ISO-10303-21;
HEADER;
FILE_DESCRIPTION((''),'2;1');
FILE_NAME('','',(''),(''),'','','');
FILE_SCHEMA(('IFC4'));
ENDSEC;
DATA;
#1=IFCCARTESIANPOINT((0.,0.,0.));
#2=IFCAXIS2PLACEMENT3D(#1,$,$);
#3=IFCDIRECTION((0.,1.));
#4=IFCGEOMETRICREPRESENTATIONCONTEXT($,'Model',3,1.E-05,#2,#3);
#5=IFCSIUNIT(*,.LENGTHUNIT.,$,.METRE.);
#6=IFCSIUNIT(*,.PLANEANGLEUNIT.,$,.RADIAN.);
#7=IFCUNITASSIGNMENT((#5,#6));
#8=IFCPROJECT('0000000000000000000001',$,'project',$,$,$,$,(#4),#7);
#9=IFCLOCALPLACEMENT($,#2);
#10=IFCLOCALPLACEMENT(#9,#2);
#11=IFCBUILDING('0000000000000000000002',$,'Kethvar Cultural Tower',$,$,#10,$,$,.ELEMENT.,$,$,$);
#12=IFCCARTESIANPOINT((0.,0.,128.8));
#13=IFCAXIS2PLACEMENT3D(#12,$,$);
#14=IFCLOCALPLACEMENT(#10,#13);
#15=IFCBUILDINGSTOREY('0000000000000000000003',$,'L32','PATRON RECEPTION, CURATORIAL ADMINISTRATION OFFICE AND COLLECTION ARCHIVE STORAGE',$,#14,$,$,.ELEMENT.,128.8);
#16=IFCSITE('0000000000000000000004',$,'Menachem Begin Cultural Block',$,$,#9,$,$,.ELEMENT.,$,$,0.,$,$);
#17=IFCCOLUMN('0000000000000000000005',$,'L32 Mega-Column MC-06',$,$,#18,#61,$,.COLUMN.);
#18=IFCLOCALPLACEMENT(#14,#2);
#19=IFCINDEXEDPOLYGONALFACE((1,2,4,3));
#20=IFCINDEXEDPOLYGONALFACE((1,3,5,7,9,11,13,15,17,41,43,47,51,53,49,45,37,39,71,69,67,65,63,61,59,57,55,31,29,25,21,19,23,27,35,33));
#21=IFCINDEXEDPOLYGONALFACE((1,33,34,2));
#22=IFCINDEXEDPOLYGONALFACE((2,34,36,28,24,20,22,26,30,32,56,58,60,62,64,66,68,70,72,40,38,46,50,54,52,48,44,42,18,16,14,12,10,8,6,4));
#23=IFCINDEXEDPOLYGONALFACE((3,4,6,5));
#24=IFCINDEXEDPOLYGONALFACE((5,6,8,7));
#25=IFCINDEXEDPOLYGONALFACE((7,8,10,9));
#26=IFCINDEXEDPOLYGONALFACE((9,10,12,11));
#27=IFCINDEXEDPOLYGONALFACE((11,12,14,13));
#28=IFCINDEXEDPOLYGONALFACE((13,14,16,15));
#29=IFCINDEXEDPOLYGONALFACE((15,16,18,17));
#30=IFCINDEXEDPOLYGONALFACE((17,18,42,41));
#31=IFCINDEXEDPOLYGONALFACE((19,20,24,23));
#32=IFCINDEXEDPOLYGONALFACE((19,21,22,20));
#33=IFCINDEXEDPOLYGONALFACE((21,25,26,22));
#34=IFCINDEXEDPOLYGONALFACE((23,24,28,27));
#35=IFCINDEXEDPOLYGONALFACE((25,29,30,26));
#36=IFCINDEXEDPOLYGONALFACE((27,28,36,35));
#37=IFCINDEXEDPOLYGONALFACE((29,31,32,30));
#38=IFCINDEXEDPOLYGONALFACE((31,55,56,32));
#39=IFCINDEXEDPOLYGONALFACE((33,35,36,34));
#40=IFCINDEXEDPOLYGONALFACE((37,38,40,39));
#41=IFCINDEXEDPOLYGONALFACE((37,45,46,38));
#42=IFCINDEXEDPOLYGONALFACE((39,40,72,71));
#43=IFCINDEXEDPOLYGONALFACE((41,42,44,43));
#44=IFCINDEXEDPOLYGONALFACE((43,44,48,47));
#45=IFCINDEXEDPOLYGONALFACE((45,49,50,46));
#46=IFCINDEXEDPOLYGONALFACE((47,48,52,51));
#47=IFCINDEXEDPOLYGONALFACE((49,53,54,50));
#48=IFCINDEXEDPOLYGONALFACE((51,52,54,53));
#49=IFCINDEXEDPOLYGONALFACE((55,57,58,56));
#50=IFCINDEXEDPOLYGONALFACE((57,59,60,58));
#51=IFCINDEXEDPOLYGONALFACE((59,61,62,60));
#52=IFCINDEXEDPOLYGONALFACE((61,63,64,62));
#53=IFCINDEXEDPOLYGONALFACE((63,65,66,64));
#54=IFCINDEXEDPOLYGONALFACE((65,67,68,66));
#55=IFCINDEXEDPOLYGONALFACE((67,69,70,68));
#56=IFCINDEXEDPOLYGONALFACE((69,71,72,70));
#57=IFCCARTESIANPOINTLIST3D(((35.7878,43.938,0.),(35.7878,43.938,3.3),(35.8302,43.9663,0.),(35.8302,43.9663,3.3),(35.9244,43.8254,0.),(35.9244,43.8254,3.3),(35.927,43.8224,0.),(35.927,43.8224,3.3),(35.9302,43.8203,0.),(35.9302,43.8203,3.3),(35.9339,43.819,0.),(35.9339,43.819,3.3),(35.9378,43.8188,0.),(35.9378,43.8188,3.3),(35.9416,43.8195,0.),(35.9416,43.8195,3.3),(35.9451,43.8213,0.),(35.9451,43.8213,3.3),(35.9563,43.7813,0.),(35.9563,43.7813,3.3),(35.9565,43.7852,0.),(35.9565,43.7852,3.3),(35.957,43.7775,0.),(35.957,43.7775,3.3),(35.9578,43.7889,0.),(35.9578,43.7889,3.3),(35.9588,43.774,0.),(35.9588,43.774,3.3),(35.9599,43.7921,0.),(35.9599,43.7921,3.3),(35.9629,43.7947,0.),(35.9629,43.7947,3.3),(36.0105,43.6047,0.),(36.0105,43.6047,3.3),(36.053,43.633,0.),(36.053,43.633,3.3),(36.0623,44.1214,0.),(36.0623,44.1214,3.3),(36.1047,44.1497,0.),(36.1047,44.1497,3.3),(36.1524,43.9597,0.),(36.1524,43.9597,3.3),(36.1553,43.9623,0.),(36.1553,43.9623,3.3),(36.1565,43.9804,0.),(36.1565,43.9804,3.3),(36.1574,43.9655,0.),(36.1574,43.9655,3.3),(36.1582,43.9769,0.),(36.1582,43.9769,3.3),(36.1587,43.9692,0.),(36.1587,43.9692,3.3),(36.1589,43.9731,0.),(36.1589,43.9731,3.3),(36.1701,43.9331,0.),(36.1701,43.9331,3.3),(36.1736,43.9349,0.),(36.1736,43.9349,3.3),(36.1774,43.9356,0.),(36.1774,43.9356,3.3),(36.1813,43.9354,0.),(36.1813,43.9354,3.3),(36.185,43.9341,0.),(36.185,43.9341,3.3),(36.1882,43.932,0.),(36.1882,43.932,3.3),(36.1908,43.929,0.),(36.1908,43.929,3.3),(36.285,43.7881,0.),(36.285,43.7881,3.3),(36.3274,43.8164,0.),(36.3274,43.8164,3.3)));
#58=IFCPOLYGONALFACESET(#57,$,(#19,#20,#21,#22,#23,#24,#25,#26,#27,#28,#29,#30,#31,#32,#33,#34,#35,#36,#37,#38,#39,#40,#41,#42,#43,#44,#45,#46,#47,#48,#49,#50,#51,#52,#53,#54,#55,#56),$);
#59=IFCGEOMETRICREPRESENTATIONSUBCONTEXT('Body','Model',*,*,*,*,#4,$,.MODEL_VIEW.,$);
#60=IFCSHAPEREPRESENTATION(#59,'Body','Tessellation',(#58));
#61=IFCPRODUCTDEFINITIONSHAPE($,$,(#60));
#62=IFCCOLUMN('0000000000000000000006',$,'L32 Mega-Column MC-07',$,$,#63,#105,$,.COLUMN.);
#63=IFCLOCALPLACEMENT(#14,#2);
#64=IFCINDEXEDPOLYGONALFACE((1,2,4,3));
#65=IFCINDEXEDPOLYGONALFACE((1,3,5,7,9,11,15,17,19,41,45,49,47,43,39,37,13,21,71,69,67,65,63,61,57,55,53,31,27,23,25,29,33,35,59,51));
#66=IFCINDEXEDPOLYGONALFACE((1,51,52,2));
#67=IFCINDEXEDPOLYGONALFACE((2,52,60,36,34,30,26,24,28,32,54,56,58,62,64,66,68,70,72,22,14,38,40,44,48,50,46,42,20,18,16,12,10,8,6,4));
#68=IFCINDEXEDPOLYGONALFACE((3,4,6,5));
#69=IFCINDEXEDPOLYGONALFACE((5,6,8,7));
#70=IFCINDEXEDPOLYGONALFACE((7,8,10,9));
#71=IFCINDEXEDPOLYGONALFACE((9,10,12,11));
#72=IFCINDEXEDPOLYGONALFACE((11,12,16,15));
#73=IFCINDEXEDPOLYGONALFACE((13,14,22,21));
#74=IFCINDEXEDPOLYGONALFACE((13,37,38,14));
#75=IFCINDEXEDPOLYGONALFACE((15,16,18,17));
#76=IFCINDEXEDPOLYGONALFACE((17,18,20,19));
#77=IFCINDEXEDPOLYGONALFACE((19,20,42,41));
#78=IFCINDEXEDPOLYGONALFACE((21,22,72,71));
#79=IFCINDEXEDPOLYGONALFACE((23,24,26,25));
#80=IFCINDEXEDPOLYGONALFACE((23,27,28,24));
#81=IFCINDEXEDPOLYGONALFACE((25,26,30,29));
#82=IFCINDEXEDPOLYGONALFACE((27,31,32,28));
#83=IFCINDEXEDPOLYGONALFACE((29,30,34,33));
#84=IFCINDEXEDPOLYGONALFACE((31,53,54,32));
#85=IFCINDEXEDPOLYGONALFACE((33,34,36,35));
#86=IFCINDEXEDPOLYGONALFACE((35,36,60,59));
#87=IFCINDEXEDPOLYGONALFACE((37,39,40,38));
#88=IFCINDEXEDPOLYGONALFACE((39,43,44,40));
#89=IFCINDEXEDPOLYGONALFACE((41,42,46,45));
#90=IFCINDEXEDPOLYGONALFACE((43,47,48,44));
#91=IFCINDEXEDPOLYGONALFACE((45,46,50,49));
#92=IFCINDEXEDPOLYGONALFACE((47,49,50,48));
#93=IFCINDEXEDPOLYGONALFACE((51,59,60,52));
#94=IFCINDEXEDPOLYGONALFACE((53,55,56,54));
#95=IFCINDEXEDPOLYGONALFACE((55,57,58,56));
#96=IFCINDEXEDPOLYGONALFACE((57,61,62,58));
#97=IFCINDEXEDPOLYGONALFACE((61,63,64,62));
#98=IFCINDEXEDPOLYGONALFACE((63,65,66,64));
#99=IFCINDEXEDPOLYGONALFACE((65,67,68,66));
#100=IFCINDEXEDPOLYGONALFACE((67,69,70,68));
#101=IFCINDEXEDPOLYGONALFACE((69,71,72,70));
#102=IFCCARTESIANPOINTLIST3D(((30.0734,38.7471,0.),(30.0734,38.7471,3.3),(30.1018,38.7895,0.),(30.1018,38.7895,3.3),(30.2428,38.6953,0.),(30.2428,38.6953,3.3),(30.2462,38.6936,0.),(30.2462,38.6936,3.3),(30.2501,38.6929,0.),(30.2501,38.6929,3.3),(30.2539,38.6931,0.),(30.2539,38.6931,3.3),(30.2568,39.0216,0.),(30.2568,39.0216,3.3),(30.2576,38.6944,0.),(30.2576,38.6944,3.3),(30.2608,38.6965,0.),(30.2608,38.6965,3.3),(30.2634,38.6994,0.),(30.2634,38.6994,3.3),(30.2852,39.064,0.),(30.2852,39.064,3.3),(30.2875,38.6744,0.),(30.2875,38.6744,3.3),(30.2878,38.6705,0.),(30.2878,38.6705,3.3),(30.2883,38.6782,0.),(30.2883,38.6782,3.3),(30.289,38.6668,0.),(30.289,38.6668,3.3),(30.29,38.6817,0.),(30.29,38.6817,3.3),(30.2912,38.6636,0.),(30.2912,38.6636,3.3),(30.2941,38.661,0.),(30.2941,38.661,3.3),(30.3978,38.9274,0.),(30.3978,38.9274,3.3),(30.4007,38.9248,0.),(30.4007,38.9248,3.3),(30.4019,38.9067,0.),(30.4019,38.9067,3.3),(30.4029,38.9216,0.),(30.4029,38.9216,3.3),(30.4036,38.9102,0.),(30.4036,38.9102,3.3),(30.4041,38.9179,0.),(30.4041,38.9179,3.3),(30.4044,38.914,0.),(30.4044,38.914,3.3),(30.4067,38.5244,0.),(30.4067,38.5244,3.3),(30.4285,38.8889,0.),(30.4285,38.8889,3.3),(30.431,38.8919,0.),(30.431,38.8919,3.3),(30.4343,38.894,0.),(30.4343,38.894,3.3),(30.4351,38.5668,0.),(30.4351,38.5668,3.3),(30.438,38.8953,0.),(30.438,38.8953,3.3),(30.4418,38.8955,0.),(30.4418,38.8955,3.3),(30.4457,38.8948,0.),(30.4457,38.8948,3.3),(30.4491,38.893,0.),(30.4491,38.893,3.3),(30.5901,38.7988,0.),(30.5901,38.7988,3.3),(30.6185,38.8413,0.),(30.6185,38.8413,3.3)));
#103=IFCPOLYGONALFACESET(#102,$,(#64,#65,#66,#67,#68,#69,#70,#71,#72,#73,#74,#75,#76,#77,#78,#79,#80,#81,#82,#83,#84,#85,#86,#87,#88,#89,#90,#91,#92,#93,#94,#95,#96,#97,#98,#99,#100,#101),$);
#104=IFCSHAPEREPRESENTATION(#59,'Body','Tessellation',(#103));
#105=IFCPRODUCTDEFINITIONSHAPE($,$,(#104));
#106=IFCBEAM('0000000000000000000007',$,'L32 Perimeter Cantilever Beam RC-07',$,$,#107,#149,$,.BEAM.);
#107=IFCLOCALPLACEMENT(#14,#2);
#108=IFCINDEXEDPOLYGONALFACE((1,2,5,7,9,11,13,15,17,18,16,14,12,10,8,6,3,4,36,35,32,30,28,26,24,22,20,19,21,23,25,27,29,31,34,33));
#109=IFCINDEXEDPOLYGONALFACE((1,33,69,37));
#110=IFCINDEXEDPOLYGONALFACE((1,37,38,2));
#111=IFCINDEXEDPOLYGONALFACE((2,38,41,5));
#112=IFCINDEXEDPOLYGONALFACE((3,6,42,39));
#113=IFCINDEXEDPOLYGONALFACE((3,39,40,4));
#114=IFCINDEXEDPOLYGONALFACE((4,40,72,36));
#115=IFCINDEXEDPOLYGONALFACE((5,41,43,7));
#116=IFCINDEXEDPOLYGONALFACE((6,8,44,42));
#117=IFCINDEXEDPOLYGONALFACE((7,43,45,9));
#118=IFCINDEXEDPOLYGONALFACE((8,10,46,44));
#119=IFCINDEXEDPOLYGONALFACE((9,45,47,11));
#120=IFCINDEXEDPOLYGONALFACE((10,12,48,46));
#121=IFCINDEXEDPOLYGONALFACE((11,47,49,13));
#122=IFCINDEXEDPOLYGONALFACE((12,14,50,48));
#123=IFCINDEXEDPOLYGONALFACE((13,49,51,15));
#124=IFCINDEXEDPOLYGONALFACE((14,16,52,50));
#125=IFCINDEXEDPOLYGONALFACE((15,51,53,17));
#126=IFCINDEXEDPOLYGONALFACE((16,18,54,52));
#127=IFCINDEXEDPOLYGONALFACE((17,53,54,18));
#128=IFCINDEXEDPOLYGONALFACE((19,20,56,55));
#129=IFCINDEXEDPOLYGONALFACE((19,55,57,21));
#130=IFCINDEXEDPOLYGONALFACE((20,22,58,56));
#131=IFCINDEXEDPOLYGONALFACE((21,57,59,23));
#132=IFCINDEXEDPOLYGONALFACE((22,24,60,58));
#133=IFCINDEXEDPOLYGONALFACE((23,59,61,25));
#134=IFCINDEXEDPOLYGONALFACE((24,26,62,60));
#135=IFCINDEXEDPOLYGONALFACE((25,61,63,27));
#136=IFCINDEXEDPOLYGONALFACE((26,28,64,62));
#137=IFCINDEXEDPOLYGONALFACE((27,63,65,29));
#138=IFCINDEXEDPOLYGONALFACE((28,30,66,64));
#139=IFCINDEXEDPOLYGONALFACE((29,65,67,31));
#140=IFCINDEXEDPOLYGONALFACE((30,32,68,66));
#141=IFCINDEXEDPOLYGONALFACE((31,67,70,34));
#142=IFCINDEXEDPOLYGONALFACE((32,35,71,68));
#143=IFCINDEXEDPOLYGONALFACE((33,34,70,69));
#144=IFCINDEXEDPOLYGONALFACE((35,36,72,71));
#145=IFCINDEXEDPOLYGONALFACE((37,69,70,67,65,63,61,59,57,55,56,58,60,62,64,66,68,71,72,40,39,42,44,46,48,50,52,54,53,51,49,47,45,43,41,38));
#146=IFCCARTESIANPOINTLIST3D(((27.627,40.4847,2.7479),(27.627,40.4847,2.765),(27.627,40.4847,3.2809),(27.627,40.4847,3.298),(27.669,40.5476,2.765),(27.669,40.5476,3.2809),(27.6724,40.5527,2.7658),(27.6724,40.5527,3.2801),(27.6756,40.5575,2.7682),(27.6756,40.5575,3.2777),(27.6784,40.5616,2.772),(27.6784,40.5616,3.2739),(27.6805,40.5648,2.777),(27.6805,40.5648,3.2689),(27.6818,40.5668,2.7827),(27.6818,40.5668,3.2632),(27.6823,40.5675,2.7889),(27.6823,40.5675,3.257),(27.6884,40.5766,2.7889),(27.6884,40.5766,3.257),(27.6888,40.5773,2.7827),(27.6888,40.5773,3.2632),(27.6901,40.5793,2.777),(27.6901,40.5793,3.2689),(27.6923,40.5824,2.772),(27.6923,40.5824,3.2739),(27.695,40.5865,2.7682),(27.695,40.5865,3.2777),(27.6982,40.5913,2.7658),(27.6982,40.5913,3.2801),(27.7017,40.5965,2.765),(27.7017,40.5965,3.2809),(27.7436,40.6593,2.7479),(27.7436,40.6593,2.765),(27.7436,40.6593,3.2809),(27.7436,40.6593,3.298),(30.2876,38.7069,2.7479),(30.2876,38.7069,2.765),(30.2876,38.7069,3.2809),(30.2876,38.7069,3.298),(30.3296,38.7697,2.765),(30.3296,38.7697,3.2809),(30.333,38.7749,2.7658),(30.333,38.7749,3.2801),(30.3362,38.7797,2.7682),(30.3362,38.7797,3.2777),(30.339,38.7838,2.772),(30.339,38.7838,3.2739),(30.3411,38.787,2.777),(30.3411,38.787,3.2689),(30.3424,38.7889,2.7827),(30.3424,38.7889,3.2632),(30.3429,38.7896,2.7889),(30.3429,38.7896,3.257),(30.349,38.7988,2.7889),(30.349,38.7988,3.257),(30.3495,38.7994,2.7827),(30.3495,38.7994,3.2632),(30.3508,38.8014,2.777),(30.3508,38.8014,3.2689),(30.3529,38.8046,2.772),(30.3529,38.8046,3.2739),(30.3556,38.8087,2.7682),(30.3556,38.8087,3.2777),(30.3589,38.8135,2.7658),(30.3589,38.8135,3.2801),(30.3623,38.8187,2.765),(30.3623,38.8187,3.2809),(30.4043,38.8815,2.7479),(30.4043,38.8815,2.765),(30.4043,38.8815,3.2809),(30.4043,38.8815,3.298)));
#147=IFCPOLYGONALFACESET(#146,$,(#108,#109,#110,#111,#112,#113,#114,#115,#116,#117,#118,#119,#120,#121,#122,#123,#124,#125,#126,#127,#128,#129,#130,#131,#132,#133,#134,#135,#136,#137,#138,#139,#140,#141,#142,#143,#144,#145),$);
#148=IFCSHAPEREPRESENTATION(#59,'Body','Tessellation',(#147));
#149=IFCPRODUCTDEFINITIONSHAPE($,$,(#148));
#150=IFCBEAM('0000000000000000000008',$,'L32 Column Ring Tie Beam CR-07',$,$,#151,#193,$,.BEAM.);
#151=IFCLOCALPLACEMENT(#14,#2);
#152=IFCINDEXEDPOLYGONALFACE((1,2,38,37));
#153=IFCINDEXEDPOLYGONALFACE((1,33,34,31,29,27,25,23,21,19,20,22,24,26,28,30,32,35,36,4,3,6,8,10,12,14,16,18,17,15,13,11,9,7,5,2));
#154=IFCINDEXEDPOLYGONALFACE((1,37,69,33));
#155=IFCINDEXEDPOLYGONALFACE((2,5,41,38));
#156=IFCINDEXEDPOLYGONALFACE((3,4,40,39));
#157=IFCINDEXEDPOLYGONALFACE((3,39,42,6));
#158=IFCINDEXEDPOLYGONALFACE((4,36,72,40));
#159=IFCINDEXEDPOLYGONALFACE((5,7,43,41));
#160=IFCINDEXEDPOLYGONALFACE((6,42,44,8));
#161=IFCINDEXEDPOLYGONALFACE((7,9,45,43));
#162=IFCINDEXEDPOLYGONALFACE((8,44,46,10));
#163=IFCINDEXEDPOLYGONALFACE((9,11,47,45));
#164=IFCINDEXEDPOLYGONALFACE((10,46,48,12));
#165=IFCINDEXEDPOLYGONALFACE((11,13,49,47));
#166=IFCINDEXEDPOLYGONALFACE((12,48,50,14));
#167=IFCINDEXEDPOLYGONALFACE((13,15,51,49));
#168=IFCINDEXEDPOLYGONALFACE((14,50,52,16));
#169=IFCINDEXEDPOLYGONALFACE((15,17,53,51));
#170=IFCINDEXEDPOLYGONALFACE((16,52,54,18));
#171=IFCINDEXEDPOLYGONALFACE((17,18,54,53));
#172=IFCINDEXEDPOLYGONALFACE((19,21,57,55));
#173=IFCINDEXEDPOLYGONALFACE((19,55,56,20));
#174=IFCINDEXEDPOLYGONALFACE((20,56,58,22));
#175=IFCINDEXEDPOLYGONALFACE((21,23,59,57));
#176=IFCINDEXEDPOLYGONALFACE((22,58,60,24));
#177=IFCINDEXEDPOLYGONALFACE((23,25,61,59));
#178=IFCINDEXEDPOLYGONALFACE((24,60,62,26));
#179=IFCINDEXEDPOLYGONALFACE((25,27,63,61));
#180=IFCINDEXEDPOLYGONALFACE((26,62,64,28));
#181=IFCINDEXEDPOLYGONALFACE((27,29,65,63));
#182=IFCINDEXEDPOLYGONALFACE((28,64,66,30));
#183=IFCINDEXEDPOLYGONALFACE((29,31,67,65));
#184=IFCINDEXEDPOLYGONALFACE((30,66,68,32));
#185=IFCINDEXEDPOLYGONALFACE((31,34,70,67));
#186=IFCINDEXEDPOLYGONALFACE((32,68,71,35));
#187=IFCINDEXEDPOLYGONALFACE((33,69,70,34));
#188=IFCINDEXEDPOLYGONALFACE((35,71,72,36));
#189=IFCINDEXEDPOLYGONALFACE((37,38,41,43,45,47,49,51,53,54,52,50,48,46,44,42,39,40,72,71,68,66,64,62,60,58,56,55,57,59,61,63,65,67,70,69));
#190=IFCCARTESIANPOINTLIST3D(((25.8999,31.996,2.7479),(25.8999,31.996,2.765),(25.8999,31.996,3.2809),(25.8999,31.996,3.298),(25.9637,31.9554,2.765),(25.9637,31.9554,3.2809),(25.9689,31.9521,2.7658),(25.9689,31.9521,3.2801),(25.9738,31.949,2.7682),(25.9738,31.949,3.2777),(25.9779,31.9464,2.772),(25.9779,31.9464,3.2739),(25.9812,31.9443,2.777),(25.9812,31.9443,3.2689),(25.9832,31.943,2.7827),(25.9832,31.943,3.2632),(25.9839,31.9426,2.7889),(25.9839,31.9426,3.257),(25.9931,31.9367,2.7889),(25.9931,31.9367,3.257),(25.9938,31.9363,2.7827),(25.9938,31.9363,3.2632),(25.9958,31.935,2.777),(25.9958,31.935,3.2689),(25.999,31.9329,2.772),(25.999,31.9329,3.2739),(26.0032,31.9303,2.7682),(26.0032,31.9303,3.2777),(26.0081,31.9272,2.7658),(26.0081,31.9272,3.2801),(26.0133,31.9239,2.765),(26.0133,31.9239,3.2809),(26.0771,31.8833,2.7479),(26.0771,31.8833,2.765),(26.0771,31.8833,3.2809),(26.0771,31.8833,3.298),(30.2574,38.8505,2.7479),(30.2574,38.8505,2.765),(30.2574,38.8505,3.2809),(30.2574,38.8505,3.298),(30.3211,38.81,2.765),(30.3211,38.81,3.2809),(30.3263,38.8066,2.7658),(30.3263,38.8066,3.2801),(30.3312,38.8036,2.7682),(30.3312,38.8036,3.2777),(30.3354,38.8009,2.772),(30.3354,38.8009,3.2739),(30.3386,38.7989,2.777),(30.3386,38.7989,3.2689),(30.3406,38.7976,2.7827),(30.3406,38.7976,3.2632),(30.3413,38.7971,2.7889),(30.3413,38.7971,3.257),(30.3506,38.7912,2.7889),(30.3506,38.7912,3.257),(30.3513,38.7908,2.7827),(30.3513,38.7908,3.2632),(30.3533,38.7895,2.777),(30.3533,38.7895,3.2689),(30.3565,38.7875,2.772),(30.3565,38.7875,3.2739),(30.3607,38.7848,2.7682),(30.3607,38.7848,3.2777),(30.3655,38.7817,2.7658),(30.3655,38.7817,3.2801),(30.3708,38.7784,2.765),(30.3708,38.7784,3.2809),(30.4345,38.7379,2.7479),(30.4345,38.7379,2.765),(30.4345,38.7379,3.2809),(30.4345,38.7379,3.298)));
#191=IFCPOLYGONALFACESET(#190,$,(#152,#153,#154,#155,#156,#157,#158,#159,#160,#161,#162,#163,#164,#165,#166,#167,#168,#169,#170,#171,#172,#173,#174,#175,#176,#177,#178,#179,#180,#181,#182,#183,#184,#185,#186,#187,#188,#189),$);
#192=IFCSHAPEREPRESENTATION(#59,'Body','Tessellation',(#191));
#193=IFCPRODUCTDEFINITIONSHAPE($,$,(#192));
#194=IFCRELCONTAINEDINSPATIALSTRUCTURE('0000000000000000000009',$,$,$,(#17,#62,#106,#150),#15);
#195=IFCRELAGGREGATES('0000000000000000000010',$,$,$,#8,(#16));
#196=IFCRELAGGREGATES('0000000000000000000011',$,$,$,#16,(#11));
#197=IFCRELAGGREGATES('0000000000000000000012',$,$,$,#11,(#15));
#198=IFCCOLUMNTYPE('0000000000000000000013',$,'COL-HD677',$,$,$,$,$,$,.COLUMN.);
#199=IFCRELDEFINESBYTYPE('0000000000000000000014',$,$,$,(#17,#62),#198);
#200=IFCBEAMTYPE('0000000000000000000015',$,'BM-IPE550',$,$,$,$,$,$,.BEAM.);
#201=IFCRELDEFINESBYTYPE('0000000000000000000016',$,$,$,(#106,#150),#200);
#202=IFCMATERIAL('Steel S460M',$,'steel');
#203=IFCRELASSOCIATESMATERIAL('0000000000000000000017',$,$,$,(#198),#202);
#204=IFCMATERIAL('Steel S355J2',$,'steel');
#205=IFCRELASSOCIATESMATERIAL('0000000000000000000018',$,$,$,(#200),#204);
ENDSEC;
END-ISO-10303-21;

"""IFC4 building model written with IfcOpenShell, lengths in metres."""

from ifc_helpers import new_model, si_unit, direction, frame, origin, origin_2d, place, context, subcontext, project, spatial, i_section, extrude, source, transform, mapped, material, material_profile, profile_set, type_object, element, save


model = new_model("IFC4")

# Units and contexts
model_context = context("Model", 3, precision=1e-05, world=origin(), true_north=direction((0.0, 1.0)))
body_context = subcontext(model_context, "Body", "Model", "MODEL_VIEW")
ifc_project = project(units=[si_unit("LENGTHUNIT", "METRE"), si_unit("PLANEANGLEUNIT", "RADIAN")], contexts=[model_context])

# Site, building, storey
site_placement = place(None, origin())
site = spatial("IfcSite", under=ifc_project, at=site_placement, Name="Menachem Begin Cultural Block", CompositionType="ELEMENT", RefElevation=0.0)
building_placement = place(site_placement, origin())
building = spatial("IfcBuilding", under=site, at=building_placement, Name="Kethvar Cultural Tower", CompositionType="ELEMENT")
storey_placement = place(building_placement, frame((0.0, 0.0, 128.8)))
storey = spatial("IfcBuildingStorey", under=building, at=storey_placement, Name="L32", Description="PATRON RECEPTION, CURATORIAL ADMINISTRATION OFFICE AND COLLECTION ARCHIVE STORAGE", CompositionType="ELEMENT", Elevation=128.8)

# Columns
ifc_material_1 = material(Name="Steel S460M", Category="steel")
ifc_material_profile_1 = material_profile(ifc_material_1, i_section(OverallWidth=0.4009, OverallDepth=0.3811, WebThickness=0.032, FlangeThickness=0.051, FilletRadius=0.0149, at=origin_2d()), Name="Steel S460M — HD400x677")
ifc_profile_set_1 = profile_set([ifc_material_profile_1], Name="Steel S460M — HD400x677")
column_type = type_object("IfcColumnType", Name="COL-HD677", PredefinedType="COLUMN", material=ifc_profile_set_1)
shared_shape_1 = source(origin(), body_context, "Body", "SweptSolid", [
    extrude(i_section(OverallWidth=0.4009, OverallDepth=0.3811, WebThickness=0.032, FlangeThickness=0.051, FilletRadius=0.0149, at=origin_2d()), origin(), (0.0, 0.0, 1.0), 3.3),
])
for number, where, z_axis, x_axis, name in (
    (1, (36.0576, 43.8772, 0.0), (0.0, 0.0, 1.0), (-0.55557, 0.83147, 0.0), "L32 Mega-Column MC-06"),
    (2, (30.3459, 38.7942, 0.0), (0.0, 0.0, 1.0), (-0.83147, 0.55557, 0.0), "L32 Mega-Column MC-07"),
):
    element("IfcColumn", number, at=place(storey_placement, frame(where, z_axis=z_axis, x_axis=x_axis)), inside=storey, type_object=column_type, Name=name, PredefinedType="COLUMN", context=body_context, shape_type="MappedRepresentation", body=[
        mapped(shared_shape_1, transform((0.0, 0.0, 0.0), scale=1.0)),
    ])

# Beams
ifc_material_2 = material(Name="Steel S355J2", Category="steel")
ifc_material_profile_2 = material_profile(ifc_material_2, i_section(OverallWidth=0.21, OverallDepth=0.55, WebThickness=0.011, FlangeThickness=0.0171, FilletRadius=0.0239, at=origin_2d()), Name="Steel S355J2 — IPE550")
ifc_profile_set_2 = profile_set([ifc_material_profile_2], Name="Steel S355J2 — IPE550")
beam_type_1 = type_object("IfcBeamType", Name="BM-IPE550", PredefinedType="BEAM", material=ifc_profile_set_2)
shared_shape_2 = source(origin(), body_context, "Body", "SweptSolid", [
    extrude(i_section(OverallWidth=0.21, OverallDepth=0.55, WebThickness=0.011, FlangeThickness=0.0171, FilletRadius=0.0239, at=origin_2d()), origin(), (0.0, 0.0, 1.0), 3.2),
])
beam_1_placement = place(storey_placement, frame((30.3459, 38.7942, 3.0229), z_axis=(-0.831463, 0.55558, 0.0), x_axis=(-0.55558, -0.831463, 0.0)))
element("IfcBeam", 3, at=beam_1_placement, inside=storey, type_object=beam_type_1, Name="L32 Perimeter Cantilever Beam RC-07", PredefinedType="BEAM", context=body_context, shape_type="MappedRepresentation", body=[
    mapped(shared_shape_2, transform((0.0, 0.0, 0.0), scale=1.0)),
])
shared_shape_3 = source(origin(), body_context, "Body", "SweptSolid", [
    extrude(i_section(OverallWidth=0.21, OverallDepth=0.55, WebThickness=0.011, FlangeThickness=0.0171, FilletRadius=0.0239, at=origin_2d()), origin(), (0.0, 0.0, 1.0), 8.1223),
])
beam_2_placement = place(storey_placement, frame((30.3459, 38.7942, 3.0229), z_axis=(-0.536479, -0.843914, 0.0), x_axis=(0.843914, -0.536479, 0.0)))
element("IfcBeam", 4, at=beam_2_placement, inside=storey, type_object=beam_type_1, Name="L32 Column Ring Tie Beam CR-07", PredefinedType="BEAM", context=body_context, shape_type="MappedRepresentation", body=[
    mapped(shared_shape_3, transform((0.0, 0.0, 0.0), scale=1.0)),
])

save(model, "model.ifc")
